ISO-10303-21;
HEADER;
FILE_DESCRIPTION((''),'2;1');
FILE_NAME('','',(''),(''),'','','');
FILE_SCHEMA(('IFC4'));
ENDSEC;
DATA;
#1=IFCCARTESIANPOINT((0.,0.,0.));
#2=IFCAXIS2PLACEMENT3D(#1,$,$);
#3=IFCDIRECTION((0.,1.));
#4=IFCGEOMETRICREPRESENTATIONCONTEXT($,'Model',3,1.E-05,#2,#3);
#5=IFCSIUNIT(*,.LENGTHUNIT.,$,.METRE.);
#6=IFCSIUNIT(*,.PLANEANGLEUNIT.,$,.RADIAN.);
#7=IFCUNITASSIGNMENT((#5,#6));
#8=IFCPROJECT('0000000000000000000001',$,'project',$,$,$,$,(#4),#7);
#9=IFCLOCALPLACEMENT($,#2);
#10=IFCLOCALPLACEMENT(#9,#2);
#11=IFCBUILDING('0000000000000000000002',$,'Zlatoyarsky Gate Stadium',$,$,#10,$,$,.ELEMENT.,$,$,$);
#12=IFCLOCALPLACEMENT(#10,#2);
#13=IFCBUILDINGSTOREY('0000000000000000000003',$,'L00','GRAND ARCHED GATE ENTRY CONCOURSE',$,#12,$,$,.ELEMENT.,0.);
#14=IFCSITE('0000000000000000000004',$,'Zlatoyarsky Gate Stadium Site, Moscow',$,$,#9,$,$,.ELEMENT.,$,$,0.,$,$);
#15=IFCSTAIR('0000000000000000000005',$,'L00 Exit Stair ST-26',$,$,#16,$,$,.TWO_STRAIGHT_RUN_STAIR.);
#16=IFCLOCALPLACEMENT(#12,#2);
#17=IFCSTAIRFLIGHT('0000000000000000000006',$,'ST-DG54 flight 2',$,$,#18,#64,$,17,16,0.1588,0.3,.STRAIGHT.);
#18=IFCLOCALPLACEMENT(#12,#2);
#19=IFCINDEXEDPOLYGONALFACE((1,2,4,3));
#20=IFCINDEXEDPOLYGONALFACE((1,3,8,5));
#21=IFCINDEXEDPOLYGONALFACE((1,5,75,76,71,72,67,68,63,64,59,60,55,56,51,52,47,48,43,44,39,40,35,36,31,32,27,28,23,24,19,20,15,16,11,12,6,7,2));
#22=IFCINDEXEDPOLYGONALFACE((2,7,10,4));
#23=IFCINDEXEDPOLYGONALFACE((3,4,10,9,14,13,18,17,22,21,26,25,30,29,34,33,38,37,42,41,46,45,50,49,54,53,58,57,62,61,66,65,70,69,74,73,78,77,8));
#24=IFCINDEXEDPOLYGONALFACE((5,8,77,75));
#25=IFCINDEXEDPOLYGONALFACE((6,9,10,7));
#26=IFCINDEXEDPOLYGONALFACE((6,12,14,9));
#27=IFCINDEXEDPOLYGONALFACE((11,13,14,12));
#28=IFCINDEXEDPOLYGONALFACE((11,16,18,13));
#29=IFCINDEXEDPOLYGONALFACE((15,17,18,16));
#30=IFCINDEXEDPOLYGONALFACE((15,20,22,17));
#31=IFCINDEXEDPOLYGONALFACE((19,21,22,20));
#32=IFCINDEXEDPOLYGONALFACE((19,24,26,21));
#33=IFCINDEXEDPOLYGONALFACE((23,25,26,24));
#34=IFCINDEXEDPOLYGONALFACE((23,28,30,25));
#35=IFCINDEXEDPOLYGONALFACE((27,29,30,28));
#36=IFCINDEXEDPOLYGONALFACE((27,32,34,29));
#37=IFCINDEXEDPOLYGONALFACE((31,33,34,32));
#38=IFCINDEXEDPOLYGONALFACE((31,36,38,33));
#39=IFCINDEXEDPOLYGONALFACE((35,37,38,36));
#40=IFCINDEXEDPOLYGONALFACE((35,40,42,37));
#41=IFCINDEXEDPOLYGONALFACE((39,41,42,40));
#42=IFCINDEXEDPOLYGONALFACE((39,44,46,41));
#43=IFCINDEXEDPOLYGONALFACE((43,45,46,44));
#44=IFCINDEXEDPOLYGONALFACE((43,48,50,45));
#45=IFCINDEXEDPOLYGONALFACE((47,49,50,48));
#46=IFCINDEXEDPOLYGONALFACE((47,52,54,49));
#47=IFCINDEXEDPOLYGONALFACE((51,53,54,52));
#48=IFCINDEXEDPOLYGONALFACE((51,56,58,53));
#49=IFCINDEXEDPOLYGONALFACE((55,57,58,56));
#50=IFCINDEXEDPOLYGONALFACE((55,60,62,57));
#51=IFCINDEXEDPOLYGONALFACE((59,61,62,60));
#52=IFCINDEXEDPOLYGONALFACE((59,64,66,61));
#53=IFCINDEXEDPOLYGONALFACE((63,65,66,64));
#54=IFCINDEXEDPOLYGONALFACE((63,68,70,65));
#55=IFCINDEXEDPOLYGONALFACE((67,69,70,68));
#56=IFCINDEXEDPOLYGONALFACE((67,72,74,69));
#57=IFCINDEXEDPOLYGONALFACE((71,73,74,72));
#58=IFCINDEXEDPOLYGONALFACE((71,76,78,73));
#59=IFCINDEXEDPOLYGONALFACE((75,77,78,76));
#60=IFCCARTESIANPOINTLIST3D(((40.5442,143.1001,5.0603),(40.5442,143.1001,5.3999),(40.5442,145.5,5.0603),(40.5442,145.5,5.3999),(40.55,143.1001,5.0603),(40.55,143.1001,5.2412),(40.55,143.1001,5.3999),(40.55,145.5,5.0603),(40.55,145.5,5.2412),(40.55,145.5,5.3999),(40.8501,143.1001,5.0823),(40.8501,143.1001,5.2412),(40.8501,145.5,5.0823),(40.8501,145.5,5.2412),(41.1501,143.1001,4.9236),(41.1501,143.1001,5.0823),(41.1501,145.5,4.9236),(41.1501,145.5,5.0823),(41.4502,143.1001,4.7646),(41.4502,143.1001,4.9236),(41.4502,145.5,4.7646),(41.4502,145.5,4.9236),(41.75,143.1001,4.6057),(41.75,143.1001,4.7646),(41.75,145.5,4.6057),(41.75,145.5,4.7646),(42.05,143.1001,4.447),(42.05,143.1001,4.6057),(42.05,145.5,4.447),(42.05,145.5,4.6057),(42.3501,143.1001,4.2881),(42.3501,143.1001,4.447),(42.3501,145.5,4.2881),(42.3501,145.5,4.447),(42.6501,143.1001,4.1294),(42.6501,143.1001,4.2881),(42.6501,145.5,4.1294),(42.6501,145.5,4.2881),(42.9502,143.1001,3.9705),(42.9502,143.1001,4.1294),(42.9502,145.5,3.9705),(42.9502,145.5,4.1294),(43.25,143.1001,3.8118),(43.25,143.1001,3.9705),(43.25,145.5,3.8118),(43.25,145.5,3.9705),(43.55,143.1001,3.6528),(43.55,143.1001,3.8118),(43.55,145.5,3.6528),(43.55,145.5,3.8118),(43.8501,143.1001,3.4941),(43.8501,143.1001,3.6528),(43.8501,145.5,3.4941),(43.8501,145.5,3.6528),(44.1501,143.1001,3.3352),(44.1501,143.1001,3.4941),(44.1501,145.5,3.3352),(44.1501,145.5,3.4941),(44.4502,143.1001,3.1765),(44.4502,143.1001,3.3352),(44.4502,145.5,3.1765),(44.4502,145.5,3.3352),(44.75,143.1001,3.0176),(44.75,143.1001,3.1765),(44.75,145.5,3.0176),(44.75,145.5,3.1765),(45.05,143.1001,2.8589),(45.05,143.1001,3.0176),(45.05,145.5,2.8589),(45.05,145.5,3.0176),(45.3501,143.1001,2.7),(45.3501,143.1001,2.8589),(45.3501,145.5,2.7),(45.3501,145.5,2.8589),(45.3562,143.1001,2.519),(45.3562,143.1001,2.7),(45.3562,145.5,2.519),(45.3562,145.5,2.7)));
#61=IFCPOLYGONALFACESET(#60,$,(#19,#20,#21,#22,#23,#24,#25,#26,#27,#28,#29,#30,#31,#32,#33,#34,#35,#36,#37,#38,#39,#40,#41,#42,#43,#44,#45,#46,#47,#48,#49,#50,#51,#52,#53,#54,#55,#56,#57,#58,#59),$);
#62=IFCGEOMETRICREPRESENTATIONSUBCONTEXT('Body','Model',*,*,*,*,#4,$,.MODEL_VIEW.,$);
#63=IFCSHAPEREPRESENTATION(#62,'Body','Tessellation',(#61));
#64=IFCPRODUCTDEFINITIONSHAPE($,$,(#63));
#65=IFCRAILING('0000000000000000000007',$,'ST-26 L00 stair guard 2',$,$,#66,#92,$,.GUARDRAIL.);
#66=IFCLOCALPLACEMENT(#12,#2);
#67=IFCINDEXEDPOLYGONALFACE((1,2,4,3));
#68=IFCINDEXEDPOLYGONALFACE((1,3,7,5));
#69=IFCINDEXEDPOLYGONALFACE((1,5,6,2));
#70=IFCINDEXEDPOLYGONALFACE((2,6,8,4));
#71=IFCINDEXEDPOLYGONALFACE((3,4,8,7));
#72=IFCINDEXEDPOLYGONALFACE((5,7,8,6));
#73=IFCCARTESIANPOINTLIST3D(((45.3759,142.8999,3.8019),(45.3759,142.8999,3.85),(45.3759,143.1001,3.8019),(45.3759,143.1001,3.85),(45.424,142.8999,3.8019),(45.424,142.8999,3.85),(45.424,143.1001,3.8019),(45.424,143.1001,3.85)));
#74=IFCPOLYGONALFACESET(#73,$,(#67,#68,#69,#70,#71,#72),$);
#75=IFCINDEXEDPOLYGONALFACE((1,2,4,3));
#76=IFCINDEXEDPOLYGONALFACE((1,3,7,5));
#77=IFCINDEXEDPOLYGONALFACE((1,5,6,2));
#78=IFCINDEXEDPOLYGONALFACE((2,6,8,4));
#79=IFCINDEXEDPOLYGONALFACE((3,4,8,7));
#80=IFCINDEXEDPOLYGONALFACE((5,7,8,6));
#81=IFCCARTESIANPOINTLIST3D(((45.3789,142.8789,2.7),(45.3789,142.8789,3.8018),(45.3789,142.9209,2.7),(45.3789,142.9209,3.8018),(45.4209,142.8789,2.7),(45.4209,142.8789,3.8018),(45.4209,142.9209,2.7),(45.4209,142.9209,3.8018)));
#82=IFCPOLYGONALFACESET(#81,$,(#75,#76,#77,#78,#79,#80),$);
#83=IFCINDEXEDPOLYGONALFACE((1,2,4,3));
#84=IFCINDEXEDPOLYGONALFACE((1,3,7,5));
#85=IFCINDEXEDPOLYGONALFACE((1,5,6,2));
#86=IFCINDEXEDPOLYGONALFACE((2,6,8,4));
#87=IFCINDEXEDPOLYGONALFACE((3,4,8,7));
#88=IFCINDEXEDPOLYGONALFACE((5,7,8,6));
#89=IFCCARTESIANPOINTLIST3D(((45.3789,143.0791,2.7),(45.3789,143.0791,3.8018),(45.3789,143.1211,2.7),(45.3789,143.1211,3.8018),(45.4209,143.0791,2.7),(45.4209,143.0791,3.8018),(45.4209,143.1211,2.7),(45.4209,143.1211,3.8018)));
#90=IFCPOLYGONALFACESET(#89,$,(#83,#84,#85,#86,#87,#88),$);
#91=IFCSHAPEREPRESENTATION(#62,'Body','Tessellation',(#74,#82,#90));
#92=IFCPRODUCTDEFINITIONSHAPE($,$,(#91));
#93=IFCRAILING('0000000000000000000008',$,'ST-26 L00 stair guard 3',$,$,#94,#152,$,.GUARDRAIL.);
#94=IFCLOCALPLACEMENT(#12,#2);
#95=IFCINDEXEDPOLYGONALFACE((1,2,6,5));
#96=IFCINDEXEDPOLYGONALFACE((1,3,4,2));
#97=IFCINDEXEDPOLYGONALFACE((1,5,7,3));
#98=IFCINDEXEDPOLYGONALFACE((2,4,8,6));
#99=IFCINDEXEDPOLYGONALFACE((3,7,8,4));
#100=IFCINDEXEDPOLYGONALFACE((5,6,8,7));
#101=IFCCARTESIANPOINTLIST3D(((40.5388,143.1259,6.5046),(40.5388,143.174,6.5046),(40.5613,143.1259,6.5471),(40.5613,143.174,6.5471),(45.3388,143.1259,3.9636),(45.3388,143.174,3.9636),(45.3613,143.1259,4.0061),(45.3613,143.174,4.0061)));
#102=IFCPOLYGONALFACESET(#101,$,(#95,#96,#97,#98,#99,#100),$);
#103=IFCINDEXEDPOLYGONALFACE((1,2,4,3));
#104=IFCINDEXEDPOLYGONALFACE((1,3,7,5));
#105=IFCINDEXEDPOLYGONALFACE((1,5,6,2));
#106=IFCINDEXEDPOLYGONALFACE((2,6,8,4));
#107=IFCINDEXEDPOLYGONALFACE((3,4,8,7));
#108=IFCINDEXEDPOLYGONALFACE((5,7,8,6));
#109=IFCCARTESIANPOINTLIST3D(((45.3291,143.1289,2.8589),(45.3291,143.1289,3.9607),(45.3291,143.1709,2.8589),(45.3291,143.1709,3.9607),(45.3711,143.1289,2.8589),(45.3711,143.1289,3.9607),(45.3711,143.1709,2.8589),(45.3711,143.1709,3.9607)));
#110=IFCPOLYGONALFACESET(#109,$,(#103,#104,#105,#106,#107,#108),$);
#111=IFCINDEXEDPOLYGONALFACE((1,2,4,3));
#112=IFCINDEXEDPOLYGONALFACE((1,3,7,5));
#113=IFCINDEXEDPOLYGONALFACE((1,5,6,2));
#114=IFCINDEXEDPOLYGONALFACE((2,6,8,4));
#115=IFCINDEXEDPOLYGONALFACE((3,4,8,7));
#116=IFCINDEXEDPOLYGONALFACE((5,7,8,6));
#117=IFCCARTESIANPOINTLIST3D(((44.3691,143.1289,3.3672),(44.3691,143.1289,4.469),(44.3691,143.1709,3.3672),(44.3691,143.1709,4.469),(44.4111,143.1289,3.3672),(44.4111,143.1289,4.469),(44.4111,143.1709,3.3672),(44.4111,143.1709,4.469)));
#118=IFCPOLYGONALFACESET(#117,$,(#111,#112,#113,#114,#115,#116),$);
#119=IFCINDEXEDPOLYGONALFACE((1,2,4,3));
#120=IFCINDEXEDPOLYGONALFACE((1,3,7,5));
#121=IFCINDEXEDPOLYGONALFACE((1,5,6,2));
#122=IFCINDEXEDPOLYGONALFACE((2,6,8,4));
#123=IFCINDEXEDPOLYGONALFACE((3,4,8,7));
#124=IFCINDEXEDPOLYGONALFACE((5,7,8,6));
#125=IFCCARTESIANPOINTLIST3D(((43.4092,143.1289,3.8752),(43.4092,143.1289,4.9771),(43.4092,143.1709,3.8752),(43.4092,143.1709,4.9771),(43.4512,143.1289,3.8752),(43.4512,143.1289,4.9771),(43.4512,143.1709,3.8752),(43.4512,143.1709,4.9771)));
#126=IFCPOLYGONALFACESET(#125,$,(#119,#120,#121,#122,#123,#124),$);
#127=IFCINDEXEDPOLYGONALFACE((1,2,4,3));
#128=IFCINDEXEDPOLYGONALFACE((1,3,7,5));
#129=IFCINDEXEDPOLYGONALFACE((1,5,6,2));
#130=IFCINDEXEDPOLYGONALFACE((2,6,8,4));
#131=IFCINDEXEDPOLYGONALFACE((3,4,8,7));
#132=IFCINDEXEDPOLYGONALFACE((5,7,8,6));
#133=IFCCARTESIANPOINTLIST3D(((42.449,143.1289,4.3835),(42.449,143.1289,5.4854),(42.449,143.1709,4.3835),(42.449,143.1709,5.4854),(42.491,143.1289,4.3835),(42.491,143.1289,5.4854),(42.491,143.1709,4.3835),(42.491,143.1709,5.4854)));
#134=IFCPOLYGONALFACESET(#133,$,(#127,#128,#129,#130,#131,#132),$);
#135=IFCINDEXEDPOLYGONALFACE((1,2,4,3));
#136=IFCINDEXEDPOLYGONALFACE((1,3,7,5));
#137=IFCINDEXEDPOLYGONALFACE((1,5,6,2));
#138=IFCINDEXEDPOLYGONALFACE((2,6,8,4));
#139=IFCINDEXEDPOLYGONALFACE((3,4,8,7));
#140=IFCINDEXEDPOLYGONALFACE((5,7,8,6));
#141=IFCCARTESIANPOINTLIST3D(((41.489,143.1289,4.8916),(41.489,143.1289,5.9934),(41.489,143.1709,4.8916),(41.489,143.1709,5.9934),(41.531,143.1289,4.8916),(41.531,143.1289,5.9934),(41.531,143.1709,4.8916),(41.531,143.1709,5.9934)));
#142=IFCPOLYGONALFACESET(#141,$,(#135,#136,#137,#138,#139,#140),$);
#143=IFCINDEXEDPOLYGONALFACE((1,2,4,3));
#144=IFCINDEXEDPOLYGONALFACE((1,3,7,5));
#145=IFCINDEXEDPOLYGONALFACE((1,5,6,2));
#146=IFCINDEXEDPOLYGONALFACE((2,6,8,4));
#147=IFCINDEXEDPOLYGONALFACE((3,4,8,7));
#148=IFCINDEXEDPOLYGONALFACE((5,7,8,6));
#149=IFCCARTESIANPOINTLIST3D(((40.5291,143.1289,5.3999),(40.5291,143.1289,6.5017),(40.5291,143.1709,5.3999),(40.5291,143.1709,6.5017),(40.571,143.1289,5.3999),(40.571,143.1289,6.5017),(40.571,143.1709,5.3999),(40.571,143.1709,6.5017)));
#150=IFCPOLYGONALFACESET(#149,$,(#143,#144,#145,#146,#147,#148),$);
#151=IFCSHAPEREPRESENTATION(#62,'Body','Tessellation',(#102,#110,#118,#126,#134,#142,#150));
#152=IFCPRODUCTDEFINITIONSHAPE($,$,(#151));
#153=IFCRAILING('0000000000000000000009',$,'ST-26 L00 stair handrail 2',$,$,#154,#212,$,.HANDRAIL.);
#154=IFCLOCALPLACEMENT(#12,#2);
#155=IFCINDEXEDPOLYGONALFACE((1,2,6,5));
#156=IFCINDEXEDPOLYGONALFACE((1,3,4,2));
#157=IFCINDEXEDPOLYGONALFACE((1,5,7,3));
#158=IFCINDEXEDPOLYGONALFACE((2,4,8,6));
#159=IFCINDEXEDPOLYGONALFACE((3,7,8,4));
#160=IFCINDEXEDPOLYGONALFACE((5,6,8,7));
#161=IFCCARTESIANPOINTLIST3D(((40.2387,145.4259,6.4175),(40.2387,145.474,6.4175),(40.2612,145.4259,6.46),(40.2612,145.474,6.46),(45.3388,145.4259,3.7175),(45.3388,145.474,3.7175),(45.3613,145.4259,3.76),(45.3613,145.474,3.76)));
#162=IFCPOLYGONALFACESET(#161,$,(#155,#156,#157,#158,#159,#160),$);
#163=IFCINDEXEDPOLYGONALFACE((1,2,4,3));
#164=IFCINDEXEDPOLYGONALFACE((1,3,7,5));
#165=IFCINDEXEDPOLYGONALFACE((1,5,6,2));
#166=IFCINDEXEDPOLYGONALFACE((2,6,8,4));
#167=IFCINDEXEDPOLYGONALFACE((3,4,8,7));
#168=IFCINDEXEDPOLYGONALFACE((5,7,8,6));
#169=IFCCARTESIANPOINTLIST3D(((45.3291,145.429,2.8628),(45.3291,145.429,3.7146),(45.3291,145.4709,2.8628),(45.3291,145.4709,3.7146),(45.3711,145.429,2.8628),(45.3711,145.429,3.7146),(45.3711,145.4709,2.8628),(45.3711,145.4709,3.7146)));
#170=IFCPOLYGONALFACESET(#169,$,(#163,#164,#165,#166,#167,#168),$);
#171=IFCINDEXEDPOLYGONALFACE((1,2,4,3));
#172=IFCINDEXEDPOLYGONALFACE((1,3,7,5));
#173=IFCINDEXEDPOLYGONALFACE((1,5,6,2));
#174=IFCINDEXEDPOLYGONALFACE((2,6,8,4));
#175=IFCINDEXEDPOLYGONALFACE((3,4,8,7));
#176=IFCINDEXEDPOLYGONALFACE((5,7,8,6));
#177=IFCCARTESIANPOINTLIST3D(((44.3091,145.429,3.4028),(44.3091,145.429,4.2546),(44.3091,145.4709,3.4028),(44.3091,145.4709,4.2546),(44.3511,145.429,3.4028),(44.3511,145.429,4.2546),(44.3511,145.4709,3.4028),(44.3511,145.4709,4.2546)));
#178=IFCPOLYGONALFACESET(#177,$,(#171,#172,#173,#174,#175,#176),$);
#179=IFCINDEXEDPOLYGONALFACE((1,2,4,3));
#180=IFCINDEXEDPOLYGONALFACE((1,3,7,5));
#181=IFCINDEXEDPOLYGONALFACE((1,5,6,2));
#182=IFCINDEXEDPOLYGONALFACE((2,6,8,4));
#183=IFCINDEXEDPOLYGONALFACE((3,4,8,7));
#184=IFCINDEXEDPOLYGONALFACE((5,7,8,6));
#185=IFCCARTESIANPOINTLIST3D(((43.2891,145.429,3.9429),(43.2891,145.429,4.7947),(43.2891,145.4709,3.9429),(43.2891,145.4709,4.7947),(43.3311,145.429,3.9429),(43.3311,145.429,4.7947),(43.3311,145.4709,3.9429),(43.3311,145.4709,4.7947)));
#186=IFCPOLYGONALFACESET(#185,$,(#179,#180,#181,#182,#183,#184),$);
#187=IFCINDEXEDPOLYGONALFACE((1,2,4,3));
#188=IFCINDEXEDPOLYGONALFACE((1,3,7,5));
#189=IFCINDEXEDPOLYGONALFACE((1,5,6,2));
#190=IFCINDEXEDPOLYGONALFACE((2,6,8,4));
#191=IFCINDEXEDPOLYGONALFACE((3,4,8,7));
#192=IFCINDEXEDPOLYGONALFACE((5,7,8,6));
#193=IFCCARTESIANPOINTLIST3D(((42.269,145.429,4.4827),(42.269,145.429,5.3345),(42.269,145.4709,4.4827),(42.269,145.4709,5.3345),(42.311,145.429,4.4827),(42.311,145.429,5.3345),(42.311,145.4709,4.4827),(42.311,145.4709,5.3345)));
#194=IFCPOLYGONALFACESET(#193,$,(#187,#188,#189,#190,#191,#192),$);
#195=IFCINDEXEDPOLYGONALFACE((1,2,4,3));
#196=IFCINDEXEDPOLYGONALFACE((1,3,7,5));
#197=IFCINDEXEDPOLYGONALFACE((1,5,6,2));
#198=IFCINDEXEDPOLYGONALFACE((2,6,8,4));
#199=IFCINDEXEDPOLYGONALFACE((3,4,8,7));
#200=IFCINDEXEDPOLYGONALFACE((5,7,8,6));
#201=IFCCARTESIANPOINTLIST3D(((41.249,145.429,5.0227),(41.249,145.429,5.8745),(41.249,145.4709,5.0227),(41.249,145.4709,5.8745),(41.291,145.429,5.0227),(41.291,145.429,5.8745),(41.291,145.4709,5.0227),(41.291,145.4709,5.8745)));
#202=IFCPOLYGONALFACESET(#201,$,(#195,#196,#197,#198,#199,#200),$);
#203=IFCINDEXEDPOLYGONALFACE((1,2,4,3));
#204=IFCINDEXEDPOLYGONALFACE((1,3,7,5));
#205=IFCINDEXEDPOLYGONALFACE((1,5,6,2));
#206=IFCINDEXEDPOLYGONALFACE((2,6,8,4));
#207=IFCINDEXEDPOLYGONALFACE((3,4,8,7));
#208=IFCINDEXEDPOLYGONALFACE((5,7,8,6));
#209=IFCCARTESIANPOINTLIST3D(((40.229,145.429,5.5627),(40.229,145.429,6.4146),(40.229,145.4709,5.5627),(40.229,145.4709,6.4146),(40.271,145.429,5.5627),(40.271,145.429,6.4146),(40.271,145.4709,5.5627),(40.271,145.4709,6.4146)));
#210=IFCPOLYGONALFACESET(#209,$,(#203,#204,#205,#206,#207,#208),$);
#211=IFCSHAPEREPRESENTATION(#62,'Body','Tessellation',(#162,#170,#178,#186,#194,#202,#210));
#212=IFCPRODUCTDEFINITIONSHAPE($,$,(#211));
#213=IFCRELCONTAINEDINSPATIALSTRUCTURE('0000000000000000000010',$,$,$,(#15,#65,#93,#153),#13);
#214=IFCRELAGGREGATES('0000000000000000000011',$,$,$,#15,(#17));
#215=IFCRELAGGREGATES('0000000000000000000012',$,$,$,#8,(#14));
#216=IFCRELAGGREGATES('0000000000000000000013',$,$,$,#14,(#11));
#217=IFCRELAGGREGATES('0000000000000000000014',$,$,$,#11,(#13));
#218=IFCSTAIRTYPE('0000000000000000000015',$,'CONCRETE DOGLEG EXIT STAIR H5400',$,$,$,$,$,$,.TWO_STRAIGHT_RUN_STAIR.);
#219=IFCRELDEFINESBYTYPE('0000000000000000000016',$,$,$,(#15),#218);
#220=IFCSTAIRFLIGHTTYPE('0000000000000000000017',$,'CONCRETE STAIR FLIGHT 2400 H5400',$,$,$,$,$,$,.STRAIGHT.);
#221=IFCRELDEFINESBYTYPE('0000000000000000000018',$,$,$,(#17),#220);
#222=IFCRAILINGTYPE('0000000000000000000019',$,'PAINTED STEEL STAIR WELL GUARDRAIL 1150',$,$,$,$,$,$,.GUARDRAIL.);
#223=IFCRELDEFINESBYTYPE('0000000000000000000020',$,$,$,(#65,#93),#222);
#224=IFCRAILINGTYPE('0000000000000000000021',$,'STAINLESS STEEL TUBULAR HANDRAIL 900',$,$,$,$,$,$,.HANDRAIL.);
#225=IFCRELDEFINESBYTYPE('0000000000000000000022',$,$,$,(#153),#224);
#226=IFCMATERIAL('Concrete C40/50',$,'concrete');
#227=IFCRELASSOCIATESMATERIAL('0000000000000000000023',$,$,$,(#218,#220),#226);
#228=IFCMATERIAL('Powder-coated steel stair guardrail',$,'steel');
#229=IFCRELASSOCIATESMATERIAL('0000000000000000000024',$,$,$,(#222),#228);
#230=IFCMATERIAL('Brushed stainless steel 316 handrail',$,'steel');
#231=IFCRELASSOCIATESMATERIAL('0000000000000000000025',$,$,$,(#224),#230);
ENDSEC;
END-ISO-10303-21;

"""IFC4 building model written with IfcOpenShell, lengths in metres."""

from ifc_helpers import new_model, si_unit, direction, frame, origin, origin_2d, place, context, subcontext, project, spatial, polyline, rectangle, outline, extrude, material, type_object, element, aggregate, save


model = new_model("IFC4")

# Units and contexts
model_context = context("Model", 3, precision=1e-05, world=origin(), true_north=direction((0.0, 1.0)))
body_context = subcontext(model_context, "Body", "Model", "MODEL_VIEW")
ifc_project = project(units=[si_unit("LENGTHUNIT", "METRE"), si_unit("PLANEANGLEUNIT", "RADIAN")], contexts=[model_context])

# Site, building, storey
site_placement = place(None, origin())
site = spatial("IfcSite", under=ifc_project, at=site_placement, Name="Zlatoyarsky Gate Stadium Site, Moscow", CompositionType="ELEMENT", RefElevation=0.0)
building_placement = place(site_placement, origin())
building = spatial("IfcBuilding", under=site, at=building_placement, Name="Zlatoyarsky Gate Stadium", CompositionType="ELEMENT")
storey_placement = place(building_placement, origin())
storey = spatial("IfcBuildingStorey", under=building, at=storey_placement, Name="L00", Description="GRAND ARCHED GATE ENTRY CONCOURSE", CompositionType="ELEMENT", Elevation=0.0)

# Shared definitions
ifc_material_1 = material(Name="Concrete C40/50", Category="concrete")

# Stair, stair flight
stair_type = type_object("IfcStairType", Name="CONCRETE DOGLEG EXIT STAIR H5400", PredefinedType="TWO_STRAIGHT_RUN_STAIR", material=ifc_material_1)
stair_placement = place(storey_placement, origin())
stair = element("IfcStair", 1, at=stair_placement, inside=storey, type_object=stair_type, Name="L00 Exit Stair ST-26", PredefinedType="TWO_STRAIGHT_RUN_STAIR")
stair_flight_type = type_object("IfcStairFlightType", Name="CONCRETE STAIR FLIGHT 2400 H5400", PredefinedType="STRAIGHT", material=ifc_material_1)
stair_flight_placement = place(storey_placement, frame((45.3501, 144.3, 2.7), z_axis=(0.0, 0.0, 1.0), x_axis=(-1.0, 0.0, 0.0)))
stair_flight = element("IfcStairFlight", 2, at=stair_flight_placement, type_object=stair_flight_type, Name="ST-DG54 flight 2", NumberOfRisers=17, NumberOfTreads=16, PredefinedType="STRAIGHT", RiserHeight=0.1588, TreadLength=0.3, context=body_context, shape_type="SweptSolid", body=[
    extrude(outline(polyline([(-0.0061, -0.1809), (-0.0061, 0.0), (0.0, 0.0), (0.0, 0.1589), (0.3, 0.1589), (0.3, 0.3176), (0.6001, 0.3176), (0.6001, 0.4766), (0.8999, 0.4766), (0.8999, 0.6353), (1.2, 0.6353), (1.2, 0.7942), (1.5, 0.7942), (1.5, 0.9529), (1.8, 0.9529), (1.8, 1.1118), (2.1001, 1.1118), (2.1001, 1.2705), (2.3999, 1.2705), (2.3999, 1.4294), (2.7, 1.4294), (2.7, 1.5881), (3.0, 1.5881), (3.0, 1.7471), (3.3, 1.7471), (3.3, 1.9058), (3.6001, 1.9058), (3.6001, 2.0647), (3.8999, 2.0647), (3.8999, 2.2236), (4.2, 2.2236), (4.2, 2.3823), (4.5, 2.3823), (4.5, 2.5413), (4.8, 2.5413), (4.8, 2.7), (4.8059, 2.7), (4.8059, 2.3604), (4.8, 2.3604), (-0.0061, -0.1809)])), frame((0.0, 1.2, 0.0), z_axis=(0.0, -1.0, 0.0), x_axis=(1.0, 0.0, 0.0)), (0.0, 0.0, 1.0), 2.3999),
])
aggregate(stair, [stair_flight])

# Railings
ifc_material_2 = material(Name="Powder-coated steel stair guardrail", Category="steel")
railing_type_1 = type_object("IfcRailingType", Name="PAINTED STEEL STAIR WELL GUARDRAIL 1150", PredefinedType="GUARDRAIL", material=ifc_material_2)
railing_1_placement = place(storey_placement, frame((45.3999, 142.8999, 2.7)))
element("IfcRailing", 3, at=railing_1_placement, inside=storey, type_object=railing_type_1, Name="ST-26 L00 stair guard 2", PredefinedType="GUARDRAIL", context=body_context, shape_type="SweptSolid", body=[
    extrude(rectangle(XDim=0.0481, YDim=0.0481, at=origin_2d()), frame((0.0, 0.0, 1.126), z_axis=(0.0, 1.0, 0.0), x_axis=(-1.0, 0.0, 0.0)), (0.0, 0.0, 1.0), 0.2002),
    extrude(rectangle(XDim=0.042, YDim=0.042, at=origin_2d()), origin(), (0.0, 0.0, 1.0), 1.1018),
    extrude(rectangle(XDim=0.042, YDim=0.042, at=origin_2d()), frame((0.0, 0.2002, 0.0)), (0.0, 0.0, 1.0), 1.1018),
])
railing_2_placement = place(storey_placement, frame((45.3501, 143.1499, 2.8589)))
element("IfcRailing", 4, at=railing_2_placement, inside=storey, type_object=railing_type_1, Name="ST-26 L00 stair guard 3", PredefinedType="GUARDRAIL", context=body_context, shape_type="SweptSolid", body=[
    extrude(rectangle(XDim=0.0481, YDim=0.0481, at=origin_2d()), frame((0.0, 0.0, 1.126), z_axis=(-0.883802, 0.0, 0.467861), x_axis=(0.0, -1.0, 0.0)), (0.0, 0.0, 1.0), 5.4312),
    extrude(rectangle(XDim=0.042, YDim=0.042, at=origin_2d()), origin(), (0.0, 0.0, 1.0), 1.1018),
    extrude(rectangle(XDim=0.042, YDim=0.042, at=origin_2d()), frame((-0.96, 0.0, 0.5083)), (0.0, 0.0, 1.0), 1.1018),
    extrude(rectangle(XDim=0.042, YDim=0.042, at=origin_2d()), frame((-1.9199, 0.0, 1.0164)), (0.0, 0.0, 1.0), 1.1018),
    extrude(rectangle(XDim=0.042, YDim=0.042, at=origin_2d()), frame((-2.8801, 0.0, 1.5247)), (0.0, 0.0, 1.0), 1.1018),
    extrude(rectangle(XDim=0.042, YDim=0.042, at=origin_2d()), frame((-3.8401, 0.0, 2.0327)), (0.0, 0.0, 1.0), 1.1018),
    extrude(rectangle(XDim=0.042, YDim=0.042, at=origin_2d()), frame((-4.8, 0.0, 2.541)), (0.0, 0.0, 1.0), 1.1018),
])
ifc_material_3 = material(Name="Brushed stainless steel 316 handrail", Category="steel")
railing_type_2 = type_object("IfcRailingType", Name="STAINLESS STEEL TUBULAR HANDRAIL 900", PredefinedType="HANDRAIL", material=ifc_material_3)
railing_3_placement = place(storey_placement, frame((45.3501, 145.45, 2.8628)))
element("IfcRailing", 5, at=railing_3_placement, inside=storey, type_object=railing_type_2, Name="ST-26 L00 stair handrail 2", PredefinedType="HANDRAIL", context=body_context, shape_type="SweptSolid", body=[
    extrude(rectangle(XDim=0.0481, YDim=0.0481, at=origin_2d()), frame((0.0, 0.0, 0.876), z_axis=(-0.883795, 0.0, 0.467874), x_axis=(0.0, -1.0, 0.0)), (0.0, 0.0, 1.0), 5.7708),
    extrude(rectangle(XDim=0.042, YDim=0.042, at=origin_2d()), origin(), (0.0, 0.0, 1.0), 0.8518),
    extrude(rectangle(XDim=0.042, YDim=0.042, at=origin_2d()), frame((-1.02, 0.0, 0.54)), (0.0, 0.0, 1.0), 0.8518),
    extrude(rectangle(XDim=0.042, YDim=0.042, at=origin_2d()), frame((-2.04, 0.0, 1.0801)), (0.0, 0.0, 1.0), 0.8518),
    extrude(rectangle(XDim=0.042, YDim=0.042, at=origin_2d()), frame((-3.0601, 0.0, 1.6199)), (0.0, 0.0, 1.0), 0.8518),
    extrude(rectangle(XDim=0.042, YDim=0.042, at=origin_2d()), frame((-4.0801, 0.0, 2.1599)), (0.0, 0.0, 1.0), 0.8518),
    extrude(rectangle(XDim=0.042, YDim=0.042, at=origin_2d()), frame((-5.1001, 0.0, 2.7)), (0.0, 0.0, 1.0), 0.8518),
])

save(model, "model.ifc")
